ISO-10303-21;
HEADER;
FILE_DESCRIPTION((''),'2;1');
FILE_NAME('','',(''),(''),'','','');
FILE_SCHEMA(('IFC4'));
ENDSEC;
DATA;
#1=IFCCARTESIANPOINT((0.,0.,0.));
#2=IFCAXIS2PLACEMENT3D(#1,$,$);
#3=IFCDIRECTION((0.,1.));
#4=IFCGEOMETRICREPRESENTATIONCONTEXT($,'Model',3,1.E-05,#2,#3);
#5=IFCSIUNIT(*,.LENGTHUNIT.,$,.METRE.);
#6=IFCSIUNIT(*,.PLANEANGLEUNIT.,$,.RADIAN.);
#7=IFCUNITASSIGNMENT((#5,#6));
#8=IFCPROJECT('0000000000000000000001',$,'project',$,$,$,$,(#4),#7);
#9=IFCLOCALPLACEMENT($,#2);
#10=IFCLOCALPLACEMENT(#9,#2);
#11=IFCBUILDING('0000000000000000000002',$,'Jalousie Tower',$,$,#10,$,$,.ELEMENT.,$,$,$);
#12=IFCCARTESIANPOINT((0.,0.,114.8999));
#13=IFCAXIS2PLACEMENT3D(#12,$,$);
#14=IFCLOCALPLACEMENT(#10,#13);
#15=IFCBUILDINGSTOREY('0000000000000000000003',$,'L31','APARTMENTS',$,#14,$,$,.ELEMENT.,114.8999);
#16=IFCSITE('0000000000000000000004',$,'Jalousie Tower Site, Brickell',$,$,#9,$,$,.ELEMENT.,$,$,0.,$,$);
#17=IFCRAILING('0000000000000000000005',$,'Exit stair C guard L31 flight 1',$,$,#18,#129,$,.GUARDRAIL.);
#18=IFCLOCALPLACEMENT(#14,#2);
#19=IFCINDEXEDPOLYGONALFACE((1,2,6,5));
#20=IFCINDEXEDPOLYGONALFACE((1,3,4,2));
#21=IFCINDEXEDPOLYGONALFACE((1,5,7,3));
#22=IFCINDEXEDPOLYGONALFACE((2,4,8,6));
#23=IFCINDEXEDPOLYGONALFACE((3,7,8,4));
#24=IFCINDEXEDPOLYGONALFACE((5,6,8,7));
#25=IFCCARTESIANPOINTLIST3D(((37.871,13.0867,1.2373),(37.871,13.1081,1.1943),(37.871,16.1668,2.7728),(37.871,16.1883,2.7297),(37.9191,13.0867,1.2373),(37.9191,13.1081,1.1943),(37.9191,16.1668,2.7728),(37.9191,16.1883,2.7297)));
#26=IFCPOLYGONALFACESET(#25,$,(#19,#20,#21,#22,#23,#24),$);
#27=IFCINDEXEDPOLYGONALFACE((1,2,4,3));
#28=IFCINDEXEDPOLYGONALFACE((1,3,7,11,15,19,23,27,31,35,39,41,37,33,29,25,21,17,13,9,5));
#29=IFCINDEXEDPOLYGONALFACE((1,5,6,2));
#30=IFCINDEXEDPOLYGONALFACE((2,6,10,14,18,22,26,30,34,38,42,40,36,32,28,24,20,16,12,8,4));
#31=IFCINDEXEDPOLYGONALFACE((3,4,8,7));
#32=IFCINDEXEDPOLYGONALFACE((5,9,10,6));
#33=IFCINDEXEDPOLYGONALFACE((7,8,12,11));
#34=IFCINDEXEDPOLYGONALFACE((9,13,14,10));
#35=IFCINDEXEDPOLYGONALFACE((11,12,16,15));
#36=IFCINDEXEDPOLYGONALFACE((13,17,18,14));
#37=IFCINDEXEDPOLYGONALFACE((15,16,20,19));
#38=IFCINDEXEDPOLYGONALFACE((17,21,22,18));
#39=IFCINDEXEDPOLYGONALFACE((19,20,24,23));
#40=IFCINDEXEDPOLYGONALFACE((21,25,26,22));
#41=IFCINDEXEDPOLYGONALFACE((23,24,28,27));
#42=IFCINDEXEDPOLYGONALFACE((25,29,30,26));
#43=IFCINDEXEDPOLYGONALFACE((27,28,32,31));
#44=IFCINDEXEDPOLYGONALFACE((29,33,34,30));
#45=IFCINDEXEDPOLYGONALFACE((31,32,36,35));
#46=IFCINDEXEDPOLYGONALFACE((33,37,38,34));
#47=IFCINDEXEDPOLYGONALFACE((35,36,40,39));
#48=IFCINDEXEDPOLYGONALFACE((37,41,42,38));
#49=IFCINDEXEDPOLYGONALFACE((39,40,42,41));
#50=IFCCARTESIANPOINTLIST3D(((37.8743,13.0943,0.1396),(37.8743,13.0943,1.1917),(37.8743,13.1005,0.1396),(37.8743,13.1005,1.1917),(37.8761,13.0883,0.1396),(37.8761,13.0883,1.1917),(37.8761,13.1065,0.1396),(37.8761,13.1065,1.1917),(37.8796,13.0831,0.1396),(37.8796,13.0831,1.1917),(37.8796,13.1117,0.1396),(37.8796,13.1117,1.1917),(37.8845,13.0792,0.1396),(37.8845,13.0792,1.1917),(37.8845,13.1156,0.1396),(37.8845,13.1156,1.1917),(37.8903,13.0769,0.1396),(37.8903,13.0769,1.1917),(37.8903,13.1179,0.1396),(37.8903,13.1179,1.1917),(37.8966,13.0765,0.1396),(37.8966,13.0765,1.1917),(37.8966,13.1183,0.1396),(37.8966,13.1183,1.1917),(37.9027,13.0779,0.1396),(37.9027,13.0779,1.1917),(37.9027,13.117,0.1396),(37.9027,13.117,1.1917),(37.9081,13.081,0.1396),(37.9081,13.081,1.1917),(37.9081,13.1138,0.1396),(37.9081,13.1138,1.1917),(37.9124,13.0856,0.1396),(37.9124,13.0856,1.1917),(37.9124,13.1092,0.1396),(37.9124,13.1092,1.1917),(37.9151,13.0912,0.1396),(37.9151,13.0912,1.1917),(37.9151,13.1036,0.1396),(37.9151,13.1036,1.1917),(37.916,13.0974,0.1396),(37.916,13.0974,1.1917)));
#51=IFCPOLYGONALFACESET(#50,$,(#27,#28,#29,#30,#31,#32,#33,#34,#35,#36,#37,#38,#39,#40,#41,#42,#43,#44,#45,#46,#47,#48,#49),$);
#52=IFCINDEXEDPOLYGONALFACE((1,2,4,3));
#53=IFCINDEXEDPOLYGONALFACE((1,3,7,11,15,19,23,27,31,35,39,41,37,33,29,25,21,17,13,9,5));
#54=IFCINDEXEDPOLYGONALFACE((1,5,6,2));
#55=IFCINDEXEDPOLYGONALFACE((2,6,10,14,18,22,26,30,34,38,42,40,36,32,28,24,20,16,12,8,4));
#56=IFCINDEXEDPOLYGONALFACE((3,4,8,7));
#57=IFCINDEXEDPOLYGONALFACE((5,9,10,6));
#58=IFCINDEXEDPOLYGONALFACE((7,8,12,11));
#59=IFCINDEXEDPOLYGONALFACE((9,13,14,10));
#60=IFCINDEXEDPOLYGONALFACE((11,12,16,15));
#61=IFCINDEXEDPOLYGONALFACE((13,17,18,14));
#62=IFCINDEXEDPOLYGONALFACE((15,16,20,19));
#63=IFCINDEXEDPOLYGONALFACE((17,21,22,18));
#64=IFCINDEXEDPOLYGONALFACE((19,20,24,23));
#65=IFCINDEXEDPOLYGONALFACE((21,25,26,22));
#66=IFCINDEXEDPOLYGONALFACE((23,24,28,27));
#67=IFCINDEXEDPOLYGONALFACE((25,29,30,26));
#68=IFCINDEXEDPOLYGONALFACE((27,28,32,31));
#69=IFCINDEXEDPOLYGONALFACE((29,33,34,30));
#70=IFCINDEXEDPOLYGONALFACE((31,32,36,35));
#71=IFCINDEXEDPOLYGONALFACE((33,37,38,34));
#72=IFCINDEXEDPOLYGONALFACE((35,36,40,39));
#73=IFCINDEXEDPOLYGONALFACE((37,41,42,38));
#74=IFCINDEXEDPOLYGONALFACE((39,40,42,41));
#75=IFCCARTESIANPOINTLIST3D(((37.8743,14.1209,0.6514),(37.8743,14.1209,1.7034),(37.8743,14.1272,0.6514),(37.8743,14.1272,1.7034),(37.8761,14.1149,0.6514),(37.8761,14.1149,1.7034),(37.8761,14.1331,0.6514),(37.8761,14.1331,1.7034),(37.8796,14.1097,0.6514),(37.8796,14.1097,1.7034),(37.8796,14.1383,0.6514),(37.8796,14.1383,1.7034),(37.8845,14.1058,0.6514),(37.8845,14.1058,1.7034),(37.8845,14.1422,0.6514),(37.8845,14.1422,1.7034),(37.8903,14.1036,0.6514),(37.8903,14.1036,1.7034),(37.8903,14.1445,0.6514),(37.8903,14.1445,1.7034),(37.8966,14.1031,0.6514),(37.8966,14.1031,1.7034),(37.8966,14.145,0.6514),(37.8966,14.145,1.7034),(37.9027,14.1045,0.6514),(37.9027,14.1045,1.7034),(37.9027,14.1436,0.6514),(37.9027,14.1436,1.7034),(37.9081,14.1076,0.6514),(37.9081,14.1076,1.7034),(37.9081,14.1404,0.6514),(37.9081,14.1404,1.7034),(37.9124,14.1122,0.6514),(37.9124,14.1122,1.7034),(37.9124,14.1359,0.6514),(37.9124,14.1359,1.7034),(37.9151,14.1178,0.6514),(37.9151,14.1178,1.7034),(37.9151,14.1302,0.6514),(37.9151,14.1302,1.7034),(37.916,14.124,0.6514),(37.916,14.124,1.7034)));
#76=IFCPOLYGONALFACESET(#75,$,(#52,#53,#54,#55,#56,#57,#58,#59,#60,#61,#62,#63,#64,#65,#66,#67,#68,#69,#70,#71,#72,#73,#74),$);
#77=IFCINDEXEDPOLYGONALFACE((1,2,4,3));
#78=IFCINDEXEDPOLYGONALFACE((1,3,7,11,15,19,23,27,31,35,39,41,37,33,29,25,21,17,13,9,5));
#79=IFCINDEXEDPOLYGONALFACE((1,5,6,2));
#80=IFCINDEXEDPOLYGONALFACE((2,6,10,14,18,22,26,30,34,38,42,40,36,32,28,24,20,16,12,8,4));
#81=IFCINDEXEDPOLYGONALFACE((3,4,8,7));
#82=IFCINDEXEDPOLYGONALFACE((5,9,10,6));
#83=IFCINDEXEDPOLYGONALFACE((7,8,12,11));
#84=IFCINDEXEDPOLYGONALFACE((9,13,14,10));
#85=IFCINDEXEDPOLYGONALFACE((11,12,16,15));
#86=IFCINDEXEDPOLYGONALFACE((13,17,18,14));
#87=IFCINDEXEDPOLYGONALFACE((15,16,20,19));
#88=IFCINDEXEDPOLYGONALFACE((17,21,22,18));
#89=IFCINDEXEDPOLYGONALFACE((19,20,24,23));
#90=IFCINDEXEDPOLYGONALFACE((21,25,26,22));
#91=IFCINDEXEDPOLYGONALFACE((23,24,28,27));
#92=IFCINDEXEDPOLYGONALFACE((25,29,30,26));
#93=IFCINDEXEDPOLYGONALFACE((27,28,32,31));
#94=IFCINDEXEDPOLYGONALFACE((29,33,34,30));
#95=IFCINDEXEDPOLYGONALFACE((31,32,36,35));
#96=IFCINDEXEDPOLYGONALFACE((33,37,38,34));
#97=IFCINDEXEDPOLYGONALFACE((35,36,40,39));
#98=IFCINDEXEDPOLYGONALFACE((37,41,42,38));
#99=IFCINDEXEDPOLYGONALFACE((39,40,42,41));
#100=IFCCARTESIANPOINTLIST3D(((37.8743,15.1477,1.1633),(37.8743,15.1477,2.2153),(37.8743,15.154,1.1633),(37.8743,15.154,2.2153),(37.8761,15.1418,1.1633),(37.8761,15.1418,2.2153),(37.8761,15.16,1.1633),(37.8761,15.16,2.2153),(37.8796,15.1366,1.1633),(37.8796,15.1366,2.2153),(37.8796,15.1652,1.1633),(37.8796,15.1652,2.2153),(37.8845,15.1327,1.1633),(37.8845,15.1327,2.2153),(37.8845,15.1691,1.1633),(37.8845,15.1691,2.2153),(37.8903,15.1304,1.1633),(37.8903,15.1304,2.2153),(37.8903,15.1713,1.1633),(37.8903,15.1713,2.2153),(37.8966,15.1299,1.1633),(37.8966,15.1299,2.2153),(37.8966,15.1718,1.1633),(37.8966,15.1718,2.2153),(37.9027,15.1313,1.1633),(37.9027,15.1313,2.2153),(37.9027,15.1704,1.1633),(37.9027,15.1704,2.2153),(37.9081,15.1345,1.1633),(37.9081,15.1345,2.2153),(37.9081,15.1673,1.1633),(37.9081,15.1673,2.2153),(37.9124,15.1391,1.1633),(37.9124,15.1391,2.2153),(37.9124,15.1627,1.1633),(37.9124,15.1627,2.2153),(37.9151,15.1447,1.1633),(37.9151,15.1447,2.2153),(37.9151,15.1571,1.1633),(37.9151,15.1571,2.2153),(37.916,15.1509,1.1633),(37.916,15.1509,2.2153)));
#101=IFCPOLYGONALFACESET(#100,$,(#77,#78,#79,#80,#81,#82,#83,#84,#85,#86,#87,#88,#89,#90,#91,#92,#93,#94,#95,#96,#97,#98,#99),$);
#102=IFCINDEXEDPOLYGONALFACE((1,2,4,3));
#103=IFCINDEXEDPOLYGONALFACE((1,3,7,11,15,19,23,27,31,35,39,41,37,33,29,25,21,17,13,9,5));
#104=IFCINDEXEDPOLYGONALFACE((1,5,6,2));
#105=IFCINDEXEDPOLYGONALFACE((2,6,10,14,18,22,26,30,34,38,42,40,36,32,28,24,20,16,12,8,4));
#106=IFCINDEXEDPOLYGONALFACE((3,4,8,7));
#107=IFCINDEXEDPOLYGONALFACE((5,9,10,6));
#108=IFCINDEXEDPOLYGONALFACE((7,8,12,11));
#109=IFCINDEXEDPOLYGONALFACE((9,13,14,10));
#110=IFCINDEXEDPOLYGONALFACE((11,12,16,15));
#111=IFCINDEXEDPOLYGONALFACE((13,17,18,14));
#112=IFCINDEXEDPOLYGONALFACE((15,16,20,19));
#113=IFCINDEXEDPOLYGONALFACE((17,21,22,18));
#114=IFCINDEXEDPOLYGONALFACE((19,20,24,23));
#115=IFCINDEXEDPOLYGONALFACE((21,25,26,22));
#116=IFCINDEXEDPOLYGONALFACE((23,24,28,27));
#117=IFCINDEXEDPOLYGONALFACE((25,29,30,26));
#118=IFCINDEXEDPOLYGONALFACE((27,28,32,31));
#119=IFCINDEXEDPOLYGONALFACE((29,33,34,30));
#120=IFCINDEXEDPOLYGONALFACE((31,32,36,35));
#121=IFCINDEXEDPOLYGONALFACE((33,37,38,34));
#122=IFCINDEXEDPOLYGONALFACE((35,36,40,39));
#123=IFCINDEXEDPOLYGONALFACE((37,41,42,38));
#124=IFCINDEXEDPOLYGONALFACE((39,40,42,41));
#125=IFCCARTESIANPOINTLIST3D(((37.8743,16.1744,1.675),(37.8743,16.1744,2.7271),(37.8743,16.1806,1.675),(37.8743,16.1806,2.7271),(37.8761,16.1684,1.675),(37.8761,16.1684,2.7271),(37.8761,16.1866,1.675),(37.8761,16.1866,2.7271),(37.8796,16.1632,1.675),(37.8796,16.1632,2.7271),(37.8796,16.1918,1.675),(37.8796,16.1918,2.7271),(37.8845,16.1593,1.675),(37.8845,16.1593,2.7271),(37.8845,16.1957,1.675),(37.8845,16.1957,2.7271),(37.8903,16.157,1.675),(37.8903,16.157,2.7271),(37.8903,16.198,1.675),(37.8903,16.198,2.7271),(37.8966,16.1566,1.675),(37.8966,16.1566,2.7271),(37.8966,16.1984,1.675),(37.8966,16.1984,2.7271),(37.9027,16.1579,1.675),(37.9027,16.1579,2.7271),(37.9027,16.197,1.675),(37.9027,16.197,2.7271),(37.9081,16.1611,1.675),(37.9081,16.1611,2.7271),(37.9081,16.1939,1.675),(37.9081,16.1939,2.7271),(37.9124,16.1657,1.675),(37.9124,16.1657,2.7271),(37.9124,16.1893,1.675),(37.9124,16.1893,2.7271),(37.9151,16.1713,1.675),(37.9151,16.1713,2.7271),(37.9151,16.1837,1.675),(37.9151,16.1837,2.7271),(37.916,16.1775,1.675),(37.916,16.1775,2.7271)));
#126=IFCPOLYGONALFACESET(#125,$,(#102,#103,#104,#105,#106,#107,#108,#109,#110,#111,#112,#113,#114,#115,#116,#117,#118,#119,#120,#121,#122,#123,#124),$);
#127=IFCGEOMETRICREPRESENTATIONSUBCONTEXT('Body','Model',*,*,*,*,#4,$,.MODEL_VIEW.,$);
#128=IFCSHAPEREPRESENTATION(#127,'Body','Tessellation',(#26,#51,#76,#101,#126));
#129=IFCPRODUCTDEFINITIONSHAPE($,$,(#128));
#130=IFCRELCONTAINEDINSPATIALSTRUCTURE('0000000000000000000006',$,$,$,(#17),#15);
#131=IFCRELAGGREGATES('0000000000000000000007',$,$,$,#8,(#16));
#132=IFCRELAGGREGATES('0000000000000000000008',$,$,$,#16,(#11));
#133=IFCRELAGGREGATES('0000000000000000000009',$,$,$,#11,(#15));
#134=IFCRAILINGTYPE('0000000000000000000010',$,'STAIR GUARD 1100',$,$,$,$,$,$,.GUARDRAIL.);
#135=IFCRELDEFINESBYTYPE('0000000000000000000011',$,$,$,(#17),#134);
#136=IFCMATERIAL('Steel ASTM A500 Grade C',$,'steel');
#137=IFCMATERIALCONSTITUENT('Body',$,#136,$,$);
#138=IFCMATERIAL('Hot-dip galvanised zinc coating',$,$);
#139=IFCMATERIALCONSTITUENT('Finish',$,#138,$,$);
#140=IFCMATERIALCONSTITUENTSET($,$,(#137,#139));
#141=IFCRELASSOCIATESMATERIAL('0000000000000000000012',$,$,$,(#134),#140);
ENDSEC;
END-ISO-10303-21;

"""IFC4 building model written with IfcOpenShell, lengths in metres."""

from ifc_helpers import new_model, si_unit, direction, frame, origin, origin_2d, place, context, subcontext, project, spatial, rectangle, circle, extrude, material, constituent, constituent_set, type_object, element, save


model = new_model("IFC4")

# Units and contexts
model_context = context("Model", 3, precision=1e-05, world=origin(), true_north=direction((0.0, 1.0)))
body_context = subcontext(model_context, "Body", "Model", "MODEL_VIEW")
ifc_project = project(units=[si_unit("LENGTHUNIT", "METRE"), si_unit("PLANEANGLEUNIT", "RADIAN")], contexts=[model_context])

# Site, building, storey
site_placement = place(None, origin())
site = spatial("IfcSite", under=ifc_project, at=site_placement, Name="Jalousie Tower Site, Brickell", CompositionType="ELEMENT", RefElevation=0.0)
building_placement = place(site_placement, origin())
building = spatial("IfcBuilding", under=site, at=building_placement, Name="Jalousie Tower", CompositionType="ELEMENT")
storey_placement = place(building_placement, frame((0.0, 0.0, 114.8999)))
storey = spatial("IfcBuildingStorey", under=building, at=storey_placement, Name="L31", Description="APARTMENTS", CompositionType="ELEMENT", Elevation=114.8999)

# Railing
ifc_material_1 = material(Name="Steel ASTM A500 Grade C", Category="steel")
ifc_constituent_1 = constituent(ifc_material_1, Name="Body")
ifc_material_2 = material(Name="Hot-dip galvanised zinc coating")
ifc_constituent_2 = constituent(ifc_material_2, Name="Finish")
ifc_constituent_set_1 = constituent_set(constituents=[ifc_constituent_1, ifc_constituent_2])
railing_type_1 = type_object("IfcRailingType", Name="STAIR GUARD 1100", PredefinedType="GUARDRAIL", material=ifc_constituent_set_1)
railing_1_placement = place(storey_placement, frame((37.895, 13.0974, 0.1396)))
element("IfcRailing", 1, at=railing_1_placement, inside=storey, type_object=railing_type_1, Name="Exit stair C guard L31 flight 1", PredefinedType="GUARDRAIL", context=body_context, shape_type="SweptSolid", body=[
    extrude(rectangle(XDim=0.0481, YDim=0.0481, at=origin_2d()), frame((0.0, 0.0, 1.0762), z_axis=(0.0, 0.894966, 0.446135), x_axis=(-1.0, 0.0, 0.0)), (0.0, 0.0, 1.0), 3.4417),
    extrude(circle(Radius=0.021, at=origin_2d()), origin(), (0.0, 0.0, 1.0), 1.052),
    extrude(circle(Radius=0.021, at=origin_2d()), frame((0.0, 1.0266, 0.5117)), (0.0, 0.0, 1.0), 1.052),
    extrude(circle(Radius=0.021, at=origin_2d()), frame((0.0, 2.0535, 1.0237)), (0.0, 0.0, 1.0), 1.052),
    extrude(circle(Radius=0.021, at=origin_2d()), frame((0.0, 3.0801, 1.5354)), (0.0, 0.0, 1.0), 1.052),
])

save(model, "model.ifc")
